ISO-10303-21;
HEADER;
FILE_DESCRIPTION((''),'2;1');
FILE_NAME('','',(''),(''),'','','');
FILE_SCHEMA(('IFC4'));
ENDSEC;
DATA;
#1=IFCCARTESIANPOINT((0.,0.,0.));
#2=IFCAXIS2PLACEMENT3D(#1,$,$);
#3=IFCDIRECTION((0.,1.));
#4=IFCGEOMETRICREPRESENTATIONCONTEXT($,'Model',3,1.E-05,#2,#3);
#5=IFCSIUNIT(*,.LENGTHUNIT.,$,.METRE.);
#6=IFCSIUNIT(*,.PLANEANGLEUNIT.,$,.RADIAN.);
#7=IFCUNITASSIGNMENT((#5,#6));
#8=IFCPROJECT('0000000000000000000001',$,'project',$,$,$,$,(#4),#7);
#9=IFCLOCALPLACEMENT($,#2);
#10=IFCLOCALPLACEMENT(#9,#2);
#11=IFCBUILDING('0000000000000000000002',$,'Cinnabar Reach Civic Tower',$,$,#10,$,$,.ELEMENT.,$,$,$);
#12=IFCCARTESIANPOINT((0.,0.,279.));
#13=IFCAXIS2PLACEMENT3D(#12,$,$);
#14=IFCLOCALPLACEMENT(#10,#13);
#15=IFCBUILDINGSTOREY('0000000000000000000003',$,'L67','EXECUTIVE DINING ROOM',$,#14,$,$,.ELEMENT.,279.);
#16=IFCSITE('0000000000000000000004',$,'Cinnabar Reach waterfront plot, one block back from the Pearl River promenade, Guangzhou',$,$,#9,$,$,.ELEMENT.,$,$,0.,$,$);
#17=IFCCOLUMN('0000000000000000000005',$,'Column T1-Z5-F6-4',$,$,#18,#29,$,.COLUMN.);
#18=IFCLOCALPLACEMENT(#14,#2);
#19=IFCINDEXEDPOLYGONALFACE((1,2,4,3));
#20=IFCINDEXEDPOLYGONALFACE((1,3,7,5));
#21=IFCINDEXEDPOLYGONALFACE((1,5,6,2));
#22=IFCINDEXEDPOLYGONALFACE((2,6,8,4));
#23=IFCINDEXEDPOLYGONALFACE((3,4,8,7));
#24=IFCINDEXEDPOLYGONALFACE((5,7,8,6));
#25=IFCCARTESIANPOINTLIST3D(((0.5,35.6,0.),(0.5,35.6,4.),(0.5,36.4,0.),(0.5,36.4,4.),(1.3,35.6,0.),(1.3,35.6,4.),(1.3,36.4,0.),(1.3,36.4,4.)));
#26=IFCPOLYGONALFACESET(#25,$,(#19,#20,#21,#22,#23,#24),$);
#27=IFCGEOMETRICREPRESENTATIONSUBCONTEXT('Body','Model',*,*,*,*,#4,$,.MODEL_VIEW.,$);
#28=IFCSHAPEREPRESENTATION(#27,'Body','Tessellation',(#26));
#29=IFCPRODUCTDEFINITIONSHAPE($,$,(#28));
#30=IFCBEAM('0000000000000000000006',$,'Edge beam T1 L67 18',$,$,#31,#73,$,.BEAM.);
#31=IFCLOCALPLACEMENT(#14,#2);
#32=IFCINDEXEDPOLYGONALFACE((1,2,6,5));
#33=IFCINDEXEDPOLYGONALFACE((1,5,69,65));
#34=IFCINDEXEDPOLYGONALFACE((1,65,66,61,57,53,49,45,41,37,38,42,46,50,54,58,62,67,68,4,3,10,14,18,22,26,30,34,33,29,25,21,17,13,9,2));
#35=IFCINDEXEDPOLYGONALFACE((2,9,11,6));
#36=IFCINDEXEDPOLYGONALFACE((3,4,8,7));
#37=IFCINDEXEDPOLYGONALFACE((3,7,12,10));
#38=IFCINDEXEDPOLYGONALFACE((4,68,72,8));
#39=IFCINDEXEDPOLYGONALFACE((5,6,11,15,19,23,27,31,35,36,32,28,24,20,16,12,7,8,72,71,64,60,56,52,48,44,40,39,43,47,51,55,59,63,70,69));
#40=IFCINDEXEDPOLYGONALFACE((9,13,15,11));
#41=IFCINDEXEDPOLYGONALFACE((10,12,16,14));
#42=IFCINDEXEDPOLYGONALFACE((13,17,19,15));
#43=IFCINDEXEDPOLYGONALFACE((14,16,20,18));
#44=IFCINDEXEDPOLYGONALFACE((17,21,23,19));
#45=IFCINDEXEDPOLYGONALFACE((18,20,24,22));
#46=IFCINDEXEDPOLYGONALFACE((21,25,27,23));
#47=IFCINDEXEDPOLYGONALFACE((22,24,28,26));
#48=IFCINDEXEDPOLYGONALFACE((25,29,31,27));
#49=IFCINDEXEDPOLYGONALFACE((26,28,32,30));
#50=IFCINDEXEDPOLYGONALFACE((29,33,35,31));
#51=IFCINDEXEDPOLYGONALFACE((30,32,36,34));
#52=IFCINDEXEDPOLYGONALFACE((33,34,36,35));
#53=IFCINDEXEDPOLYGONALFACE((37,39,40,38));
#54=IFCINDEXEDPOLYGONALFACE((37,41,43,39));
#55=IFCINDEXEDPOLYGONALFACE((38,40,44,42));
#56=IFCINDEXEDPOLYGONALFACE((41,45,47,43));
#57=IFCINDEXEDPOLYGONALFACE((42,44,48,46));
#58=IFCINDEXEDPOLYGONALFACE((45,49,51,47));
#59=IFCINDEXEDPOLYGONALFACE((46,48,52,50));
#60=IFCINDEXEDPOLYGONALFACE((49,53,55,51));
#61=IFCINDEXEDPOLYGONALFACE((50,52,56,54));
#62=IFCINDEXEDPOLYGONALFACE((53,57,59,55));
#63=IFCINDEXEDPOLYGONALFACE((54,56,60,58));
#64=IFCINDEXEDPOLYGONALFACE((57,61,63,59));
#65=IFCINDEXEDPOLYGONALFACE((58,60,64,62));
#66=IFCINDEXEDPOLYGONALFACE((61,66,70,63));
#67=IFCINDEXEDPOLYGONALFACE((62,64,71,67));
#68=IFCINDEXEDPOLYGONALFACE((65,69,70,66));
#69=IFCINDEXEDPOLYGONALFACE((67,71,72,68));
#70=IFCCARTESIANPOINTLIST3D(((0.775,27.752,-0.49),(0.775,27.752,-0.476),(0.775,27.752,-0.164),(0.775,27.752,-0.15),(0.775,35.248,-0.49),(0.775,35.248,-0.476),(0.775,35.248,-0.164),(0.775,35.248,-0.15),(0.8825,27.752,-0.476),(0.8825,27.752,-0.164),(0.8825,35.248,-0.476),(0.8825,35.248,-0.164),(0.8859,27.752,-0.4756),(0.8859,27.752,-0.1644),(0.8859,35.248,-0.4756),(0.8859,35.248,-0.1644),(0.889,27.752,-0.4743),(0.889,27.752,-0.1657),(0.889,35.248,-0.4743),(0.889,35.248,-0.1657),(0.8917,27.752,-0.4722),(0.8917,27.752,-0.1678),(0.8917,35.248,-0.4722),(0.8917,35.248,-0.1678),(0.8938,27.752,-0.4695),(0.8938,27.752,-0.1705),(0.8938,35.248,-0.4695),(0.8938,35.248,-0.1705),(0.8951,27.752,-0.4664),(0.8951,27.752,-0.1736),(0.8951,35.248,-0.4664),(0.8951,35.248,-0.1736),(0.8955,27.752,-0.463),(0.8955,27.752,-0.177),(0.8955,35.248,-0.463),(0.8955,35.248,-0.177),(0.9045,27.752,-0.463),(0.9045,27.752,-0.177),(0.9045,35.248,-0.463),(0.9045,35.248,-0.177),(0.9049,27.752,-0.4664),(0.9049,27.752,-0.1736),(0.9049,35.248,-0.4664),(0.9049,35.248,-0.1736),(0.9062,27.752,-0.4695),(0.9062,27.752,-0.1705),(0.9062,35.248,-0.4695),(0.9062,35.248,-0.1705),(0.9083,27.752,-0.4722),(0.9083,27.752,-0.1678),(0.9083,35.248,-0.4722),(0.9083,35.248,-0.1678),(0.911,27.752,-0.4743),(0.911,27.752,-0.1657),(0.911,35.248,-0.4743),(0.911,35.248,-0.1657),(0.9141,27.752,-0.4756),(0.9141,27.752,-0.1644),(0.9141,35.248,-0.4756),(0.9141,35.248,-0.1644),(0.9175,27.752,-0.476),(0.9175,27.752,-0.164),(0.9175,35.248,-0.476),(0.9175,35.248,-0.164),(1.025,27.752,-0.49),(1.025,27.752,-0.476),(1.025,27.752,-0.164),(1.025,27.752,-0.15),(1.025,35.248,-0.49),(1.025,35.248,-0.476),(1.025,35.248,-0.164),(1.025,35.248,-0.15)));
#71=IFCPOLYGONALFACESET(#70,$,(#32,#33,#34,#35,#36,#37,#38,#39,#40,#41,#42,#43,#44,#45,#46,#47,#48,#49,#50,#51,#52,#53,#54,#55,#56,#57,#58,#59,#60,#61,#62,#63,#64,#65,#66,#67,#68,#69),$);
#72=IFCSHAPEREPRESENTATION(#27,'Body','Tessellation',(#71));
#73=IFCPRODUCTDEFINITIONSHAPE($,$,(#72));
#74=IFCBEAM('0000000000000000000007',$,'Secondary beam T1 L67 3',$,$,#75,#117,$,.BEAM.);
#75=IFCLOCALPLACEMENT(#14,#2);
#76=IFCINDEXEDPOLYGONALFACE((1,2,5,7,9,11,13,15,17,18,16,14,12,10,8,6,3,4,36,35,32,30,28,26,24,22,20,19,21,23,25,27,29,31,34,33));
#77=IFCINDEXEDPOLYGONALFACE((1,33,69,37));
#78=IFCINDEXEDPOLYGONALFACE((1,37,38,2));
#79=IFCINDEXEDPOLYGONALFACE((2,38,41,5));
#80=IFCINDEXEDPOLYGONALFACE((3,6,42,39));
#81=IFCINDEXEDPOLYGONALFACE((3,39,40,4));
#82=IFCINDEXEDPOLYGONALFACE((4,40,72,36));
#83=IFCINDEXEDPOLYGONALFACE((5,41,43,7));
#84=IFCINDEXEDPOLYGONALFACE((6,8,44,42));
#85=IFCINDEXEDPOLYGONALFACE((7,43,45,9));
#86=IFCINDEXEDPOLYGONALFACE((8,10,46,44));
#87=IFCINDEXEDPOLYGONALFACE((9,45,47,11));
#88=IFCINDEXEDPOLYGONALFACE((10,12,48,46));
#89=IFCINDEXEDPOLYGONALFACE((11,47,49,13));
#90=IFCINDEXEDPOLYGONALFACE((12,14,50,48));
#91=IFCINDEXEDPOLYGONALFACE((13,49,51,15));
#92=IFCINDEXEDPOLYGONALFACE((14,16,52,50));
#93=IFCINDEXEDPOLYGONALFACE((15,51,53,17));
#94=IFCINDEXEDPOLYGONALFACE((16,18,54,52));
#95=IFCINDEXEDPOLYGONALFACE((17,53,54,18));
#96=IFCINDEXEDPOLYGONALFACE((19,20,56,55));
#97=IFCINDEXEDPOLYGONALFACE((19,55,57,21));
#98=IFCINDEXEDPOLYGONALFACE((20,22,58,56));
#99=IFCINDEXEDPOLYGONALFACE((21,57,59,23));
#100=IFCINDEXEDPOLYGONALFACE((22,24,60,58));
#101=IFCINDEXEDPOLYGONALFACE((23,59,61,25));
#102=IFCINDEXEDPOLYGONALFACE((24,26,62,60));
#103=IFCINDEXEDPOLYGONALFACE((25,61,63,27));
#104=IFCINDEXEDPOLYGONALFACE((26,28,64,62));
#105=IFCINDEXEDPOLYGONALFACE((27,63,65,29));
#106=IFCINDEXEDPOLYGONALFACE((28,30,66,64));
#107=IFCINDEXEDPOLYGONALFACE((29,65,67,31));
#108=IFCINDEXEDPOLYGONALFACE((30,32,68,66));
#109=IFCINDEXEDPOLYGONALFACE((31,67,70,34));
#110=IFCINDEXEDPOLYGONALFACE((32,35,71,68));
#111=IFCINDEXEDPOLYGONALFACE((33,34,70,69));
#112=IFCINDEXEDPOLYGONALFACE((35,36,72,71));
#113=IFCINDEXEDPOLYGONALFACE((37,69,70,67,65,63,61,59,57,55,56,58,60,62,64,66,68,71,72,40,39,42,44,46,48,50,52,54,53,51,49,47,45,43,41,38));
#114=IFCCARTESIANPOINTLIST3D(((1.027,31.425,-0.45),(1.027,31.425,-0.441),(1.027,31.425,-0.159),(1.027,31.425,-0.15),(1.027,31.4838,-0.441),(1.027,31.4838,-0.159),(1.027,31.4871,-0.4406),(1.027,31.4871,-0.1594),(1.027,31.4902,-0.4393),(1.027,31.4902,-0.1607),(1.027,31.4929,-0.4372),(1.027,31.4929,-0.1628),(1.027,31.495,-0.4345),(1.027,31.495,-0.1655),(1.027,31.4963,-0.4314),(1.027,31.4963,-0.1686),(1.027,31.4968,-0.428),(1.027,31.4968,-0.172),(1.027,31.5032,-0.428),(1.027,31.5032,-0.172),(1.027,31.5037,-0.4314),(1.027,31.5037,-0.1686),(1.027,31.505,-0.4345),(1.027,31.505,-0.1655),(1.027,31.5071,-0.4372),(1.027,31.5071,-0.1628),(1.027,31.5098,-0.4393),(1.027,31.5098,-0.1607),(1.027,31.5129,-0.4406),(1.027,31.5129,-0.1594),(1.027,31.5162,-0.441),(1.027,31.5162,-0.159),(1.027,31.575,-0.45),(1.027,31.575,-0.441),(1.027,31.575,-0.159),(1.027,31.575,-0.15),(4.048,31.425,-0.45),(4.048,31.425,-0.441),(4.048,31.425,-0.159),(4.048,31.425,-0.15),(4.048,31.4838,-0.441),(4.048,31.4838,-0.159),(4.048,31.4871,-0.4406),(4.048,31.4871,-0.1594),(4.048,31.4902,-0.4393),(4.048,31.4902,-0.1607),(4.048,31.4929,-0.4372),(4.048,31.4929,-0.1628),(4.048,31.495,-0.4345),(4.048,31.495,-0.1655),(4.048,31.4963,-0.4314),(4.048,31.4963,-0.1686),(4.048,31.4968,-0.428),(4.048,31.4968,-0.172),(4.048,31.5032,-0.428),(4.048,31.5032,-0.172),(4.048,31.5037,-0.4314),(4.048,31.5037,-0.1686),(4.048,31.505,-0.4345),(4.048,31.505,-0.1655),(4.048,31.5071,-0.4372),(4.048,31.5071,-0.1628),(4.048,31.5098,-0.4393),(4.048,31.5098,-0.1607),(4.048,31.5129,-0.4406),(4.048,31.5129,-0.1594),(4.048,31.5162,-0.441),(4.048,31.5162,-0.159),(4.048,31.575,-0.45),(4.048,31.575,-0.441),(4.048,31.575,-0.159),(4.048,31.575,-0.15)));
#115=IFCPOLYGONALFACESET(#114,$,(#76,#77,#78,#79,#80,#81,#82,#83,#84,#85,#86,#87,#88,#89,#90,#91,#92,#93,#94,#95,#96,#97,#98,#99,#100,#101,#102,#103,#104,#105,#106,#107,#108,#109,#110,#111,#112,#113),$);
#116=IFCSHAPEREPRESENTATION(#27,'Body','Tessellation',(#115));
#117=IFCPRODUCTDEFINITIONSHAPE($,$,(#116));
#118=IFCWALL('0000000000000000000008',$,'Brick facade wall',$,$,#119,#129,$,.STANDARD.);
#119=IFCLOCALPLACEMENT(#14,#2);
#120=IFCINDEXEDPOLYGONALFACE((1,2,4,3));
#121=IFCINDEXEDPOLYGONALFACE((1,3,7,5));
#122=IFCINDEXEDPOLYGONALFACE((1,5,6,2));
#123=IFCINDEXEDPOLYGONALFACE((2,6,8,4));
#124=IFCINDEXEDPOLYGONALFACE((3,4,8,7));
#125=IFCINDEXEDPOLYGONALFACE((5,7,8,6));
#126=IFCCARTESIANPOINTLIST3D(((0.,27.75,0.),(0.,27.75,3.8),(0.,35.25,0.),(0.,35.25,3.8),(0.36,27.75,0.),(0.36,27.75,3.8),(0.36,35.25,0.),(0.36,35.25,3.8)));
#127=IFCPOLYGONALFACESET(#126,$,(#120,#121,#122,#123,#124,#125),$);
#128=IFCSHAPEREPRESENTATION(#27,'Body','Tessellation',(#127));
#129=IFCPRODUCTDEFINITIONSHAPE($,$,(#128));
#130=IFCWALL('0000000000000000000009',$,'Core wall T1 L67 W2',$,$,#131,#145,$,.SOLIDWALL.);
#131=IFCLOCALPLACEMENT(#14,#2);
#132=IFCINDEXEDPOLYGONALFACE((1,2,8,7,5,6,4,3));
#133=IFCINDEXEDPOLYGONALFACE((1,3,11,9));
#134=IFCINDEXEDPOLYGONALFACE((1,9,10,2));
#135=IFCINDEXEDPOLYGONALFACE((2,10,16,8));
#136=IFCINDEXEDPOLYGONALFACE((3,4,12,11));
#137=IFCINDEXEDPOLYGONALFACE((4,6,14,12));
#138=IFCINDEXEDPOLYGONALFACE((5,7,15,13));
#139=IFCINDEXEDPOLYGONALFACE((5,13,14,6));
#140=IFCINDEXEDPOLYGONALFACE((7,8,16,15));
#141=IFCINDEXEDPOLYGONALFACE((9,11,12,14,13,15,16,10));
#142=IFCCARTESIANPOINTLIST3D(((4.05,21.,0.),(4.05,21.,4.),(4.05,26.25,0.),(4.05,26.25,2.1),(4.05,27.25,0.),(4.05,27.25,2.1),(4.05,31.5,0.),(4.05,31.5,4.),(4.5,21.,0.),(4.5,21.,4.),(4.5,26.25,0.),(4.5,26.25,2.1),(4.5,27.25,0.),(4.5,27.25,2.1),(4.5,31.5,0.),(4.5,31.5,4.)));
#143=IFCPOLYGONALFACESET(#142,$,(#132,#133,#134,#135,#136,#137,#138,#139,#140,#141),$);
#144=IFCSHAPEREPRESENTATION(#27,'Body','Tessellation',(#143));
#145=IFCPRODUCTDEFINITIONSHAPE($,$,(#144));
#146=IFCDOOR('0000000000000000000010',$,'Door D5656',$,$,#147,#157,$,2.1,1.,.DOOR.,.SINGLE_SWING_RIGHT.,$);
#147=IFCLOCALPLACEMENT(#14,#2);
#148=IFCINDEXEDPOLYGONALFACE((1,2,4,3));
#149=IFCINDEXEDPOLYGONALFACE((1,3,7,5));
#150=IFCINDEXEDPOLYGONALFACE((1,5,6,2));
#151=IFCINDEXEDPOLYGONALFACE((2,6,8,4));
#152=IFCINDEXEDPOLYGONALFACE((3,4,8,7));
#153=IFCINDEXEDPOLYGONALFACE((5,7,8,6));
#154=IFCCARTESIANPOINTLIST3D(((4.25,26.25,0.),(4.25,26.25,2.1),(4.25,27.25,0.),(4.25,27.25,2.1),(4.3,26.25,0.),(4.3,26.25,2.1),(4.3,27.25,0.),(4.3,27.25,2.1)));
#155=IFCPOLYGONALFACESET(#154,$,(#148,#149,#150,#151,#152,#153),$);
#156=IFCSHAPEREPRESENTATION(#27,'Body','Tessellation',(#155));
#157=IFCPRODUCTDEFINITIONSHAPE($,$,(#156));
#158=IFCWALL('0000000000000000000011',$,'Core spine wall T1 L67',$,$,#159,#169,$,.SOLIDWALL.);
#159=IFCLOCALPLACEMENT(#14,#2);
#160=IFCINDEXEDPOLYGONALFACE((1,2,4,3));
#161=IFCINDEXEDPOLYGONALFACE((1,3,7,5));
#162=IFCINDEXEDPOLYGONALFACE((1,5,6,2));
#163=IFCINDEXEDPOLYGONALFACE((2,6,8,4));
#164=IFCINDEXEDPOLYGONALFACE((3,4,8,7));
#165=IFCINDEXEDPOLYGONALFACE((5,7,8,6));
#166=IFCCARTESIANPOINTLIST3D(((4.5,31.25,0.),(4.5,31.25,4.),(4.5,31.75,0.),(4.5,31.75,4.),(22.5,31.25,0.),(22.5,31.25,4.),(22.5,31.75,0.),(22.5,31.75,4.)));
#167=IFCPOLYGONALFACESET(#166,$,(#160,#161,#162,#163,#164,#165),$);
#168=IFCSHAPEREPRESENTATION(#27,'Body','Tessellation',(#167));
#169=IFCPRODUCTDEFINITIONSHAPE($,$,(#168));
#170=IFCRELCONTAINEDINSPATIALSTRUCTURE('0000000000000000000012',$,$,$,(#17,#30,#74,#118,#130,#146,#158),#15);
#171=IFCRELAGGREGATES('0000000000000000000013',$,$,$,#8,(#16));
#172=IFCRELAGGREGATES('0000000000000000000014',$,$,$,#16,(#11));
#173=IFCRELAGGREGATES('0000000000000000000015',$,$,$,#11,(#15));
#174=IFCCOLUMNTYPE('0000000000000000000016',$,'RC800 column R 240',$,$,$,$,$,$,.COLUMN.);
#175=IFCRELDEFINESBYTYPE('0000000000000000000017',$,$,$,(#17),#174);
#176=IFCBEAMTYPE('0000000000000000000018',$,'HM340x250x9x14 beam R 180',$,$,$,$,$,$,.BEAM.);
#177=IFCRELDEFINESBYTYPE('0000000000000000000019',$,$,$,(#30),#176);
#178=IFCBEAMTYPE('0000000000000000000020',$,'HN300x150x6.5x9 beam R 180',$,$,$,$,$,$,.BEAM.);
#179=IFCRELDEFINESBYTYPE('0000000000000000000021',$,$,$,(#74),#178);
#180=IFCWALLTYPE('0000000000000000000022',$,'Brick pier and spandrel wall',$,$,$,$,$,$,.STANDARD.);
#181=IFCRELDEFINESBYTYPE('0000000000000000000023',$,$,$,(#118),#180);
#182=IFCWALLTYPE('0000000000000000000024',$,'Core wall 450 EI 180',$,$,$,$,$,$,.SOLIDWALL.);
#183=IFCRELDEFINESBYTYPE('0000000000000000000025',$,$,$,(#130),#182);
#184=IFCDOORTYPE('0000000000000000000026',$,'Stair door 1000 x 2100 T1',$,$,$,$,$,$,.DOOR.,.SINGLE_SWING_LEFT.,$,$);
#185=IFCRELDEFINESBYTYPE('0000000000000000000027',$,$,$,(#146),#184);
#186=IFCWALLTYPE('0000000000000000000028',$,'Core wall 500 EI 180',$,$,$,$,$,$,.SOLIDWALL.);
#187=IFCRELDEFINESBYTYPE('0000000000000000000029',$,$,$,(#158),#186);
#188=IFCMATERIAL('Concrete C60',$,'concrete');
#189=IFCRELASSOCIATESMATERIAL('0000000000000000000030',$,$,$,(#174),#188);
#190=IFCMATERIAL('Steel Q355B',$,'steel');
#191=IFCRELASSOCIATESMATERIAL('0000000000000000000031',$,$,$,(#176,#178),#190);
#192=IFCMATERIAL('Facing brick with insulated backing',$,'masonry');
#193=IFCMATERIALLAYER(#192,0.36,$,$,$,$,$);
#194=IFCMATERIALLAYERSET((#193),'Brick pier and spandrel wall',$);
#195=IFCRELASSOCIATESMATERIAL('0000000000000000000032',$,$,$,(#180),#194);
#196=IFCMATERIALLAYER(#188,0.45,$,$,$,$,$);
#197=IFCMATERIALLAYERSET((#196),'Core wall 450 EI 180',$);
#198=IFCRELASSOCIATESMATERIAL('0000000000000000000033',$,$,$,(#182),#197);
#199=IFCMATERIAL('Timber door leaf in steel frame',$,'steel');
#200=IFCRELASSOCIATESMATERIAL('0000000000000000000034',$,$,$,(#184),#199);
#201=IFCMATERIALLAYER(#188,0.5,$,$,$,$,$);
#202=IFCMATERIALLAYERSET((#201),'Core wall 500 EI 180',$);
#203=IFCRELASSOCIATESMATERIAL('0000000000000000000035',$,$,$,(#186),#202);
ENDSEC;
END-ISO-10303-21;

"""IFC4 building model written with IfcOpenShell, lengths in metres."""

from ifc_helpers import new_model, si_unit, direction, frame, frame_2d, origin, origin_2d, place, context, subcontext, project, spatial, rectangle, i_section, extrude, material, layer, layer_set, material_profile, profile_set, type_object, element, fill, save


model = new_model("IFC4")

# Units and contexts
model_context = context("Model", 3, precision=1e-05, world=origin(), true_north=direction((0.0, 1.0)))
body_context = subcontext(model_context, "Body", "Model", "MODEL_VIEW")
ifc_project = project(units=[si_unit("LENGTHUNIT", "METRE"), si_unit("PLANEANGLEUNIT", "RADIAN")], contexts=[model_context])

# Site, building, storey
site_placement = place(None, origin())
site = spatial("IfcSite", under=ifc_project, at=site_placement, Name="Cinnabar Reach waterfront plot, one block back from the Pearl River promenade, Guangzhou", CompositionType="ELEMENT", RefElevation=0.0)
building_placement = place(site_placement, origin())
building = spatial("IfcBuilding", under=site, at=building_placement, Name="Cinnabar Reach Civic Tower", CompositionType="ELEMENT")
storey_placement = place(building_placement, frame((0.0, 0.0, 279.0)))
storey = spatial("IfcBuildingStorey", under=building, at=storey_placement, Name="L67", Description="EXECUTIVE DINING ROOM", CompositionType="ELEMENT", Elevation=279.0)

# Column
ifc_material_1 = material(Name="Concrete C60", Category="concrete")
ifc_material_profile_1 = material_profile(ifc_material_1, rectangle(XDim=0.8, YDim=0.8, at=origin_2d()), Name="RC800")
ifc_profile_set_1 = profile_set([ifc_material_profile_1], Name="Concrete C60")
column_type = type_object("IfcColumnType", Name="RC800 column R 240", PredefinedType="COLUMN", material=ifc_profile_set_1)
column_placement = place(storey_placement, frame((0.9, 36.0, 0.0), z_axis=(0.0, 0.0, 1.0), x_axis=(1.0, 0.0, 0.0)))
element("IfcColumn", 1, at=column_placement, inside=storey, type_object=column_type, Name="Column T1-Z5-F6-4", PredefinedType="COLUMN", context=body_context, shape_type="SweptSolid", body=[
    extrude(rectangle(XDim=0.8, YDim=0.8, at=origin_2d()), origin(), (0.0, 0.0, 1.0), 4.0),
])

# Beams
ifc_material_2 = material(Name="Steel Q355B", Category="steel")
ifc_material_profile_2 = material_profile(ifc_material_2, i_section(OverallWidth=0.25, OverallDepth=0.34, WebThickness=0.009, FlangeThickness=0.014, FilletRadius=0.013, at=origin_2d()), Name="HM340x250x9x14")
ifc_profile_set_2 = profile_set([ifc_material_profile_2], Name="Steel Q355B")
beam_type_1 = type_object("IfcBeamType", Name="HM340x250x9x14 beam R 180", PredefinedType="BEAM", material=ifc_profile_set_2)
beam_1_placement = place(storey_placement, frame((0.9, 35.248, -0.32), z_axis=(0.0, -1.0, 0.0), x_axis=(1.0, 0.0, 0.0)))
element("IfcBeam", 2, at=beam_1_placement, inside=storey, type_object=beam_type_1, Name="Edge beam T1 L67 18", PredefinedType="BEAM", context=body_context, shape_type="SweptSolid", body=[
    extrude(i_section(OverallWidth=0.25, OverallDepth=0.34, WebThickness=0.009, FlangeThickness=0.014, FilletRadius=0.013, at=origin_2d()), origin(), (0.0, 0.0, 1.0), 7.496),
])
ifc_material_profile_3 = material_profile(ifc_material_2, i_section(OverallWidth=0.15, OverallDepth=0.3, WebThickness=0.0065, FlangeThickness=0.009, FilletRadius=0.013, at=origin_2d()), Name="HN300x150x6.5x9")
ifc_profile_set_3 = profile_set([ifc_material_profile_3], Name="Steel Q355B")
beam_type_2 = type_object("IfcBeamType", Name="HN300x150x6.5x9 beam R 180", PredefinedType="BEAM", material=ifc_profile_set_3)
beam_2_placement = place(storey_placement, frame((1.027, 31.5, -0.3), z_axis=(1.0, 0.0, 0.0), x_axis=(0.0, 1.0, 0.0)))
element("IfcBeam", 3, at=beam_2_placement, inside=storey, type_object=beam_type_2, Name="Secondary beam T1 L67 3", PredefinedType="BEAM", context=body_context, shape_type="SweptSolid", body=[
    extrude(i_section(OverallWidth=0.15, OverallDepth=0.3, WebThickness=0.0065, FlangeThickness=0.009, FilletRadius=0.013, at=origin_2d()), origin(), (0.0, 0.0, 1.0), 3.021),
])

# Wall
ifc_material_3 = material(Name="Facing brick with insulated backing", Category="masonry")
ifc_layer_1 = layer(ifc_material_3, 0.36)
ifc_layer_set_1 = layer_set([ifc_layer_1], Name="Brick pier and spandrel wall")
wall_type_1 = type_object("IfcWallType", Name="Brick pier and spandrel wall", PredefinedType="STANDARD", material=ifc_layer_set_1)
wall_1_placement = place(storey_placement, frame((0.18, 35.25, 0.0), z_axis=(0.0, 0.0, 1.0), x_axis=(0.0, -1.0, 0.0)))
element("IfcWall", 4, at=wall_1_placement, inside=storey, type_object=wall_type_1, Name="Brick facade wall", PredefinedType="STANDARD", context=body_context, shape_type="SweptSolid", body=[
    extrude(rectangle(XDim=7.5, YDim=0.36, at=frame_2d((3.75, 0.0))), origin(), (0.0, 0.0, 1.0), 3.8),
])

# Wall, opening, door
ifc_layer_2 = layer(ifc_material_1, 0.45)
ifc_layer_set_2 = layer_set([ifc_layer_2], Name="Core wall 450 EI 180")
wall_type_2 = type_object("IfcWallType", Name="Core wall 450 EI 180", PredefinedType="SOLIDWALL", material=ifc_layer_set_2)
wall_2_placement = place(storey_placement, frame((4.275, 31.5, 0.0), z_axis=(0.0, 0.0, 1.0), x_axis=(0.0, -1.0, 0.0)))
wall_2 = element("IfcWall", 5, at=wall_2_placement, inside=storey, type_object=wall_type_2, Name="Core wall T1 L67 W2", PredefinedType="SOLIDWALL", context=body_context, shape_type="SweptSolid", body=[
    extrude(rectangle(XDim=10.5, YDim=0.45, at=frame_2d((5.25, 0.0))), origin(), (0.0, 0.0, 1.0), 4.0),
])
opening_1_placement = place(wall_2_placement, frame((4.25, 0.0, 0.0)))
opening_1 = element("IfcOpeningElement", 6, at=opening_1_placement, cuts=wall_2, PredefinedType="OPENING", context=body_context, shape_type="SweptSolid", body=[
    extrude(rectangle(XDim=1.0, YDim=2.1, at=frame_2d((0.5, 1.05))), frame((0.0, 0.235, 0.0), z_axis=(0.0, -1.0, 0.0), x_axis=(1.0, 0.0, 0.0)), (0.0, 0.0, 1.0), 0.47),
])
ifc_material_4 = material(Name="Timber door leaf in steel frame", Category="steel")
door_type_1 = type_object("IfcDoorType", Name="Stair door 1000 x 2100 T1", OperationType="SINGLE_SWING_LEFT", PredefinedType="DOOR", material=ifc_material_4)
door_1_placement = place(opening_1_placement, frame((1.0, 0.0, 0.0), z_axis=(0.0, 0.0, 1.0), x_axis=(-1.0, 0.0, 0.0)))
door_1 = element("IfcDoor", 7, at=door_1_placement, inside=storey, type_object=door_type_1, Name="Door D5656", OperationType="SINGLE_SWING_RIGHT", OverallHeight=2.1, OverallWidth=1.0, PredefinedType="DOOR", context=body_context, shape_type="SweptSolid", body=[
    extrude(rectangle(XDim=1.0, YDim=2.1, at=frame_2d((0.5, 1.05))), frame((0.0, 0.025, 0.0), z_axis=(0.0, -1.0, 0.0), x_axis=(1.0, 0.0, 0.0)), (0.0, 0.0, 1.0), 0.05),
])
fill(opening_1, door_1)

# Wall
ifc_layer_3 = layer(ifc_material_1, 0.5)
ifc_layer_set_3 = layer_set([ifc_layer_3], Name="Core wall 500 EI 180")
wall_type_3 = type_object("IfcWallType", Name="Core wall 500 EI 180", PredefinedType="SOLIDWALL", material=ifc_layer_set_3)
wall_3_placement = place(storey_placement, frame((4.5, 31.5, 0.0), z_axis=(0.0, 0.0, 1.0), x_axis=(1.0, 0.0, 0.0)))
element("IfcWall", 8, at=wall_3_placement, inside=storey, type_object=wall_type_3, Name="Core spine wall T1 L67", PredefinedType="SOLIDWALL", context=body_context, shape_type="SweptSolid", body=[
    extrude(rectangle(XDim=18.0, YDim=0.5, at=frame_2d((9.0, 0.0))), origin(), (0.0, 0.0, 1.0), 4.0),
])

save(model, "model.ifc")
